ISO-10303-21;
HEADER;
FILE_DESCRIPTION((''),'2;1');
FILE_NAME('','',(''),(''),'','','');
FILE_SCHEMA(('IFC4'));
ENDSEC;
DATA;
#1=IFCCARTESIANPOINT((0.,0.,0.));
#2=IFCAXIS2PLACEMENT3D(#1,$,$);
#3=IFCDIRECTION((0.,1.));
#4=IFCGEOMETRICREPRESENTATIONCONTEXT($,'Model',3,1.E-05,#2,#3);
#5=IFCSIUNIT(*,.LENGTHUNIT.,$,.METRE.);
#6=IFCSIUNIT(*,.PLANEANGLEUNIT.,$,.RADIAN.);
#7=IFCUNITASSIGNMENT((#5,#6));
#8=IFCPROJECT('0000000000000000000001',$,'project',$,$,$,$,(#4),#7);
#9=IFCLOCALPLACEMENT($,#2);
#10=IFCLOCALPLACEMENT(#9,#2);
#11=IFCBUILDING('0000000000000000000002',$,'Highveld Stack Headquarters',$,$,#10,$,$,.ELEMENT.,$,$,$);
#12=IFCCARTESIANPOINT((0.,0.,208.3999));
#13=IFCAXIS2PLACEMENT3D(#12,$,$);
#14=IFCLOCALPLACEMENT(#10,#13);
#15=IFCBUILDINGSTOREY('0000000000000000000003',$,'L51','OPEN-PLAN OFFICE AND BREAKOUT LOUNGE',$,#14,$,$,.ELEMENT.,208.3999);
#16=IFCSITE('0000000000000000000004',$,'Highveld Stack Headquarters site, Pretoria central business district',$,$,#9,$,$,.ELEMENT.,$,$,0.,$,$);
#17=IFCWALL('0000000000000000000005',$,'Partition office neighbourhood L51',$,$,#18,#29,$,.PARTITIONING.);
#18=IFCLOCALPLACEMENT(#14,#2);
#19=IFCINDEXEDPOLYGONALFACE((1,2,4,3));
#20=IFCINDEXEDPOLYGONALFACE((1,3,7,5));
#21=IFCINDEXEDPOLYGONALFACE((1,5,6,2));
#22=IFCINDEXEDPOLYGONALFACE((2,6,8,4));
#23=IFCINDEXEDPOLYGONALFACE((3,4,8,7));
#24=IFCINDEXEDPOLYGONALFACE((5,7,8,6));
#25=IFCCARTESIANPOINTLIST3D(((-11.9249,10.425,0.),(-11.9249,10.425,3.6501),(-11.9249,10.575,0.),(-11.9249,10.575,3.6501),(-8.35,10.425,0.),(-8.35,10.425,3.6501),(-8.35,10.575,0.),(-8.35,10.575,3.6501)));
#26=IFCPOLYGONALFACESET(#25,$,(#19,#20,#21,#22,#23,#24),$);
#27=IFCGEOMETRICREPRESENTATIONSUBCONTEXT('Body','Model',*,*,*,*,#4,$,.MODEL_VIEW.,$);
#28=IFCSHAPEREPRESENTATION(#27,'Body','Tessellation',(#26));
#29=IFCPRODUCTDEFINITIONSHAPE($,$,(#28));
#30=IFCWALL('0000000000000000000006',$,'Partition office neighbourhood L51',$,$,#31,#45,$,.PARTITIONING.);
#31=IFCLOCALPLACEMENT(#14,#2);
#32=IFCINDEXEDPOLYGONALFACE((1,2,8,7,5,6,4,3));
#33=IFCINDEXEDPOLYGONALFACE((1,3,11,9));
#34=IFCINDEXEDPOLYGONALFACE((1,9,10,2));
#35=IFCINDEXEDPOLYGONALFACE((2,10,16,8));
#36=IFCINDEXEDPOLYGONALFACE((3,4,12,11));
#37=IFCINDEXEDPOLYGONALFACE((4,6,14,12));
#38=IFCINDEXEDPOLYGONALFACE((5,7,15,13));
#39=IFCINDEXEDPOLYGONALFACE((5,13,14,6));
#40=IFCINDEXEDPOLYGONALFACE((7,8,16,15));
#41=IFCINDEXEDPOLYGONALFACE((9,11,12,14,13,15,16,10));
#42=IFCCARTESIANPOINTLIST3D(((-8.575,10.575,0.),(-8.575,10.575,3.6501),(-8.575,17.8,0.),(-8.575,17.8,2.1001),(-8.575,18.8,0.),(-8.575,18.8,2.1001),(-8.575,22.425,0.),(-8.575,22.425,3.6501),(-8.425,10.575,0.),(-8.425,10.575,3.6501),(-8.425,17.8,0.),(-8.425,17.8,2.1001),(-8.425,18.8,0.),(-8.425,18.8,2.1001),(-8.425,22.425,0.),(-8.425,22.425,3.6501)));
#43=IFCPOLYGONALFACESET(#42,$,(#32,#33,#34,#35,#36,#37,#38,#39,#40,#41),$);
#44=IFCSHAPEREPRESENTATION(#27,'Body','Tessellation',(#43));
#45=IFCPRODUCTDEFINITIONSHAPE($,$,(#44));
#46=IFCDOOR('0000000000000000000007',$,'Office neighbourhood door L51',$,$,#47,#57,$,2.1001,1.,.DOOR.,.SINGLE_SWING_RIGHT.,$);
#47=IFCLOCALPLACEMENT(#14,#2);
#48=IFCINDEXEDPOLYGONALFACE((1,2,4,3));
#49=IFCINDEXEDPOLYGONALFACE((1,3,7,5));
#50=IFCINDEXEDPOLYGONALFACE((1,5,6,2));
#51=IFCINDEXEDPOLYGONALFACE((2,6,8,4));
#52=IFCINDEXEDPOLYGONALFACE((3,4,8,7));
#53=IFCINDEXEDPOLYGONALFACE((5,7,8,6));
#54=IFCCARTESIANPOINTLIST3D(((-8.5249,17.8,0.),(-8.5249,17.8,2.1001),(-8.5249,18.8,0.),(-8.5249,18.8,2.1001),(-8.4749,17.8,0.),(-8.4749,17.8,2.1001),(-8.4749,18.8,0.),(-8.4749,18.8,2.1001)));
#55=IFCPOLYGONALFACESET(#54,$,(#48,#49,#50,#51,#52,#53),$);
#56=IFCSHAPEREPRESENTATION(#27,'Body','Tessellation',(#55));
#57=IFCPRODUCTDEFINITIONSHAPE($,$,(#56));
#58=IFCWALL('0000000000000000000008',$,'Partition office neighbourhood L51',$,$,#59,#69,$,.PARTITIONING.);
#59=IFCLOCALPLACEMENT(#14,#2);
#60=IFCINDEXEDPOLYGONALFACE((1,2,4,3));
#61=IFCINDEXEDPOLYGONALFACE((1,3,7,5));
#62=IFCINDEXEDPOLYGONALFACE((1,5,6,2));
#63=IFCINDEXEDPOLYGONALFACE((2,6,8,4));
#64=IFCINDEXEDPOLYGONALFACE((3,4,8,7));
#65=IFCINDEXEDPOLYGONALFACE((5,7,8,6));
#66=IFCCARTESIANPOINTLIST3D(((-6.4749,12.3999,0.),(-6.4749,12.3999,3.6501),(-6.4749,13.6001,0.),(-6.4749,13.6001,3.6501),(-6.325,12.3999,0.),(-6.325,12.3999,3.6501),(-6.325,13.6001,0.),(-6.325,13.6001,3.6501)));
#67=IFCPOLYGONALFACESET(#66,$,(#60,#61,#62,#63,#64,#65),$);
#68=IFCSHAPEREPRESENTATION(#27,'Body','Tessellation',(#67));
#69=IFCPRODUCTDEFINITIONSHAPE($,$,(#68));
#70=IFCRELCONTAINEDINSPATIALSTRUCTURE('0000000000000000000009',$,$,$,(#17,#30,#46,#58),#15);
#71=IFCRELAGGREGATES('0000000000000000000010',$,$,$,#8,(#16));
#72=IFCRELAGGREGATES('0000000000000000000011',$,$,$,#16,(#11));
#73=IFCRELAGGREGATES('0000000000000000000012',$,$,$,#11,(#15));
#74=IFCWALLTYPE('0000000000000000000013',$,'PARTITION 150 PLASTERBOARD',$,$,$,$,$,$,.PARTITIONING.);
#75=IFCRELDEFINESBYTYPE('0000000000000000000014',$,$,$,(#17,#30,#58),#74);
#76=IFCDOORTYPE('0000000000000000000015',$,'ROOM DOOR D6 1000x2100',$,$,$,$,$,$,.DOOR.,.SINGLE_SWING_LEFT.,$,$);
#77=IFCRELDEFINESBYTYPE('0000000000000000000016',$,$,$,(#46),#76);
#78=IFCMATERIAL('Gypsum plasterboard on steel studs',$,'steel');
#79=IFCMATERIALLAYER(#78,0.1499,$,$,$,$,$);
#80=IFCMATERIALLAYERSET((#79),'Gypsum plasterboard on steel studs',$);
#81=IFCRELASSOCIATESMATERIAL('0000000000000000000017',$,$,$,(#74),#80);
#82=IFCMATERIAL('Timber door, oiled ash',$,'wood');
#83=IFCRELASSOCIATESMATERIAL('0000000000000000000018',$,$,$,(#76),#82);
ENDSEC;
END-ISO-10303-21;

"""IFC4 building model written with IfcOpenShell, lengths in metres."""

from ifc_helpers import new_model, si_unit, direction, frame, frame_2d, origin, place, context, subcontext, project, spatial, rectangle, extrude, material, layer, layer_set, type_object, element, fill, save


model = new_model("IFC4")

# Units and contexts
model_context = context("Model", 3, precision=1e-05, world=origin(), true_north=direction((0.0, 1.0)))
body_context = subcontext(model_context, "Body", "Model", "MODEL_VIEW")
ifc_project = project(units=[si_unit("LENGTHUNIT", "METRE"), si_unit("PLANEANGLEUNIT", "RADIAN")], contexts=[model_context])

# Site, building, storey
site_placement = place(None, origin())
site = spatial("IfcSite", under=ifc_project, at=site_placement, Name="Highveld Stack Headquarters site, Pretoria central business district", CompositionType="ELEMENT", RefElevation=0.0)
building_placement = place(site_placement, origin())
building = spatial("IfcBuilding", under=site, at=building_placement, Name="Highveld Stack Headquarters", CompositionType="ELEMENT")
storey_placement = place(building_placement, frame((0.0, 0.0, 208.3999)))
storey = spatial("IfcBuildingStorey", under=building, at=storey_placement, Name="L51", Description="OPEN-PLAN OFFICE AND BREAKOUT LOUNGE", CompositionType="ELEMENT", Elevation=208.3999)

# Shared definitions
ifc_material_1 = material(Name="Gypsum plasterboard on steel studs", Category="steel")
ifc_layer_1 = layer(ifc_material_1, 0.1499)
ifc_layer_set_1 = layer_set([ifc_layer_1], Name="Gypsum plasterboard on steel studs")
wall_type_1 = type_object("IfcWallType", Name="PARTITION 150 PLASTERBOARD", PredefinedType="PARTITIONING", material=ifc_layer_set_1)

# Shared definitions
ifc_material_2 = material(Name="Timber door, oiled ash", Category="wood")
door_type = type_object("IfcDoorType", Name="ROOM DOOR D6 1000x2100", OperationType="SINGLE_SWING_LEFT", PredefinedType="DOOR", material=ifc_material_2)

# Wall
wall_1_placement = place(storey_placement, frame((-11.925, 10.5, 0.0), z_axis=(0.0, 0.0, 1.0), x_axis=(1.0, 0.0, 0.0)))
element("IfcWall", 1, at=wall_1_placement, inside=storey, type_object=wall_type_1, Name="Partition office neighbourhood L51", PredefinedType="PARTITIONING", context=body_context, shape_type="SweptSolid", body=[
    extrude(rectangle(XDim=3.575, YDim=0.1499, at=frame_2d((1.7876, 0.0))), origin(), (0.0, 0.0, 1.0), 3.6501),
])

# Wall, opening, door
wall_2_placement = place(storey_placement, frame((-8.5, 10.575, 0.0), z_axis=(0.0, 0.0, 1.0), x_axis=(0.0, 1.0, 0.0)))
wall_2 = element("IfcWall", 2, at=wall_2_placement, inside=storey, type_object=wall_type_1, Name="Partition office neighbourhood L51", PredefinedType="PARTITIONING", context=body_context, shape_type="SweptSolid", body=[
    extrude(rectangle(XDim=11.8501, YDim=0.1499, at=frame_2d((5.925, 0.0))), origin(), (0.0, 0.0, 1.0), 3.6501),
])
opening_1_placement = place(wall_2_placement, frame((7.2251, 0.0, 0.0)))
opening_1 = element("IfcOpeningElement", 3, at=opening_1_placement, cuts=wall_2, PredefinedType="OPENING", context=body_context, shape_type="SweptSolid", body=[
    extrude(rectangle(XDim=1.0, YDim=2.1001, at=frame_2d((0.5, 1.05))), frame((0.0, 0.085, 0.0), z_axis=(0.0, -1.0, 0.0), x_axis=(1.0, 0.0, 0.0)), (0.0, 0.0, 1.0), 0.1699),
])
door_1_placement = place(opening_1_placement, origin())
door_1 = element("IfcDoor", 4, at=door_1_placement, inside=storey, type_object=door_type, Name="Office neighbourhood door L51", OperationType="SINGLE_SWING_RIGHT", OverallHeight=2.1001, OverallWidth=1.0, PredefinedType="DOOR", context=body_context, shape_type="SweptSolid", body=[
    extrude(rectangle(XDim=1.0, YDim=2.1001, at=frame_2d((0.5, 1.05))), frame((0.0, 0.0249, 0.0), z_axis=(0.0, -1.0, 0.0), x_axis=(1.0, 0.0, 0.0)), (0.0, 0.0, 1.0), 0.05),
])
fill(opening_1, door_1)

# Wall
wall_3_placement = place(storey_placement, frame((-6.3999, 12.3999, 0.0), z_axis=(0.0, 0.0, 1.0), x_axis=(0.0, 1.0, 0.0)))
element("IfcWall", 5, at=wall_3_placement, inside=storey, type_object=wall_type_1, Name="Partition office neighbourhood L51", PredefinedType="PARTITIONING", context=body_context, shape_type="SweptSolid", body=[
    extrude(rectangle(XDim=1.2002, YDim=0.1499, at=frame_2d((0.6001, 0.0))), origin(), (0.0, 0.0, 1.0), 3.6501),
])

save(model, "model.ifc")
